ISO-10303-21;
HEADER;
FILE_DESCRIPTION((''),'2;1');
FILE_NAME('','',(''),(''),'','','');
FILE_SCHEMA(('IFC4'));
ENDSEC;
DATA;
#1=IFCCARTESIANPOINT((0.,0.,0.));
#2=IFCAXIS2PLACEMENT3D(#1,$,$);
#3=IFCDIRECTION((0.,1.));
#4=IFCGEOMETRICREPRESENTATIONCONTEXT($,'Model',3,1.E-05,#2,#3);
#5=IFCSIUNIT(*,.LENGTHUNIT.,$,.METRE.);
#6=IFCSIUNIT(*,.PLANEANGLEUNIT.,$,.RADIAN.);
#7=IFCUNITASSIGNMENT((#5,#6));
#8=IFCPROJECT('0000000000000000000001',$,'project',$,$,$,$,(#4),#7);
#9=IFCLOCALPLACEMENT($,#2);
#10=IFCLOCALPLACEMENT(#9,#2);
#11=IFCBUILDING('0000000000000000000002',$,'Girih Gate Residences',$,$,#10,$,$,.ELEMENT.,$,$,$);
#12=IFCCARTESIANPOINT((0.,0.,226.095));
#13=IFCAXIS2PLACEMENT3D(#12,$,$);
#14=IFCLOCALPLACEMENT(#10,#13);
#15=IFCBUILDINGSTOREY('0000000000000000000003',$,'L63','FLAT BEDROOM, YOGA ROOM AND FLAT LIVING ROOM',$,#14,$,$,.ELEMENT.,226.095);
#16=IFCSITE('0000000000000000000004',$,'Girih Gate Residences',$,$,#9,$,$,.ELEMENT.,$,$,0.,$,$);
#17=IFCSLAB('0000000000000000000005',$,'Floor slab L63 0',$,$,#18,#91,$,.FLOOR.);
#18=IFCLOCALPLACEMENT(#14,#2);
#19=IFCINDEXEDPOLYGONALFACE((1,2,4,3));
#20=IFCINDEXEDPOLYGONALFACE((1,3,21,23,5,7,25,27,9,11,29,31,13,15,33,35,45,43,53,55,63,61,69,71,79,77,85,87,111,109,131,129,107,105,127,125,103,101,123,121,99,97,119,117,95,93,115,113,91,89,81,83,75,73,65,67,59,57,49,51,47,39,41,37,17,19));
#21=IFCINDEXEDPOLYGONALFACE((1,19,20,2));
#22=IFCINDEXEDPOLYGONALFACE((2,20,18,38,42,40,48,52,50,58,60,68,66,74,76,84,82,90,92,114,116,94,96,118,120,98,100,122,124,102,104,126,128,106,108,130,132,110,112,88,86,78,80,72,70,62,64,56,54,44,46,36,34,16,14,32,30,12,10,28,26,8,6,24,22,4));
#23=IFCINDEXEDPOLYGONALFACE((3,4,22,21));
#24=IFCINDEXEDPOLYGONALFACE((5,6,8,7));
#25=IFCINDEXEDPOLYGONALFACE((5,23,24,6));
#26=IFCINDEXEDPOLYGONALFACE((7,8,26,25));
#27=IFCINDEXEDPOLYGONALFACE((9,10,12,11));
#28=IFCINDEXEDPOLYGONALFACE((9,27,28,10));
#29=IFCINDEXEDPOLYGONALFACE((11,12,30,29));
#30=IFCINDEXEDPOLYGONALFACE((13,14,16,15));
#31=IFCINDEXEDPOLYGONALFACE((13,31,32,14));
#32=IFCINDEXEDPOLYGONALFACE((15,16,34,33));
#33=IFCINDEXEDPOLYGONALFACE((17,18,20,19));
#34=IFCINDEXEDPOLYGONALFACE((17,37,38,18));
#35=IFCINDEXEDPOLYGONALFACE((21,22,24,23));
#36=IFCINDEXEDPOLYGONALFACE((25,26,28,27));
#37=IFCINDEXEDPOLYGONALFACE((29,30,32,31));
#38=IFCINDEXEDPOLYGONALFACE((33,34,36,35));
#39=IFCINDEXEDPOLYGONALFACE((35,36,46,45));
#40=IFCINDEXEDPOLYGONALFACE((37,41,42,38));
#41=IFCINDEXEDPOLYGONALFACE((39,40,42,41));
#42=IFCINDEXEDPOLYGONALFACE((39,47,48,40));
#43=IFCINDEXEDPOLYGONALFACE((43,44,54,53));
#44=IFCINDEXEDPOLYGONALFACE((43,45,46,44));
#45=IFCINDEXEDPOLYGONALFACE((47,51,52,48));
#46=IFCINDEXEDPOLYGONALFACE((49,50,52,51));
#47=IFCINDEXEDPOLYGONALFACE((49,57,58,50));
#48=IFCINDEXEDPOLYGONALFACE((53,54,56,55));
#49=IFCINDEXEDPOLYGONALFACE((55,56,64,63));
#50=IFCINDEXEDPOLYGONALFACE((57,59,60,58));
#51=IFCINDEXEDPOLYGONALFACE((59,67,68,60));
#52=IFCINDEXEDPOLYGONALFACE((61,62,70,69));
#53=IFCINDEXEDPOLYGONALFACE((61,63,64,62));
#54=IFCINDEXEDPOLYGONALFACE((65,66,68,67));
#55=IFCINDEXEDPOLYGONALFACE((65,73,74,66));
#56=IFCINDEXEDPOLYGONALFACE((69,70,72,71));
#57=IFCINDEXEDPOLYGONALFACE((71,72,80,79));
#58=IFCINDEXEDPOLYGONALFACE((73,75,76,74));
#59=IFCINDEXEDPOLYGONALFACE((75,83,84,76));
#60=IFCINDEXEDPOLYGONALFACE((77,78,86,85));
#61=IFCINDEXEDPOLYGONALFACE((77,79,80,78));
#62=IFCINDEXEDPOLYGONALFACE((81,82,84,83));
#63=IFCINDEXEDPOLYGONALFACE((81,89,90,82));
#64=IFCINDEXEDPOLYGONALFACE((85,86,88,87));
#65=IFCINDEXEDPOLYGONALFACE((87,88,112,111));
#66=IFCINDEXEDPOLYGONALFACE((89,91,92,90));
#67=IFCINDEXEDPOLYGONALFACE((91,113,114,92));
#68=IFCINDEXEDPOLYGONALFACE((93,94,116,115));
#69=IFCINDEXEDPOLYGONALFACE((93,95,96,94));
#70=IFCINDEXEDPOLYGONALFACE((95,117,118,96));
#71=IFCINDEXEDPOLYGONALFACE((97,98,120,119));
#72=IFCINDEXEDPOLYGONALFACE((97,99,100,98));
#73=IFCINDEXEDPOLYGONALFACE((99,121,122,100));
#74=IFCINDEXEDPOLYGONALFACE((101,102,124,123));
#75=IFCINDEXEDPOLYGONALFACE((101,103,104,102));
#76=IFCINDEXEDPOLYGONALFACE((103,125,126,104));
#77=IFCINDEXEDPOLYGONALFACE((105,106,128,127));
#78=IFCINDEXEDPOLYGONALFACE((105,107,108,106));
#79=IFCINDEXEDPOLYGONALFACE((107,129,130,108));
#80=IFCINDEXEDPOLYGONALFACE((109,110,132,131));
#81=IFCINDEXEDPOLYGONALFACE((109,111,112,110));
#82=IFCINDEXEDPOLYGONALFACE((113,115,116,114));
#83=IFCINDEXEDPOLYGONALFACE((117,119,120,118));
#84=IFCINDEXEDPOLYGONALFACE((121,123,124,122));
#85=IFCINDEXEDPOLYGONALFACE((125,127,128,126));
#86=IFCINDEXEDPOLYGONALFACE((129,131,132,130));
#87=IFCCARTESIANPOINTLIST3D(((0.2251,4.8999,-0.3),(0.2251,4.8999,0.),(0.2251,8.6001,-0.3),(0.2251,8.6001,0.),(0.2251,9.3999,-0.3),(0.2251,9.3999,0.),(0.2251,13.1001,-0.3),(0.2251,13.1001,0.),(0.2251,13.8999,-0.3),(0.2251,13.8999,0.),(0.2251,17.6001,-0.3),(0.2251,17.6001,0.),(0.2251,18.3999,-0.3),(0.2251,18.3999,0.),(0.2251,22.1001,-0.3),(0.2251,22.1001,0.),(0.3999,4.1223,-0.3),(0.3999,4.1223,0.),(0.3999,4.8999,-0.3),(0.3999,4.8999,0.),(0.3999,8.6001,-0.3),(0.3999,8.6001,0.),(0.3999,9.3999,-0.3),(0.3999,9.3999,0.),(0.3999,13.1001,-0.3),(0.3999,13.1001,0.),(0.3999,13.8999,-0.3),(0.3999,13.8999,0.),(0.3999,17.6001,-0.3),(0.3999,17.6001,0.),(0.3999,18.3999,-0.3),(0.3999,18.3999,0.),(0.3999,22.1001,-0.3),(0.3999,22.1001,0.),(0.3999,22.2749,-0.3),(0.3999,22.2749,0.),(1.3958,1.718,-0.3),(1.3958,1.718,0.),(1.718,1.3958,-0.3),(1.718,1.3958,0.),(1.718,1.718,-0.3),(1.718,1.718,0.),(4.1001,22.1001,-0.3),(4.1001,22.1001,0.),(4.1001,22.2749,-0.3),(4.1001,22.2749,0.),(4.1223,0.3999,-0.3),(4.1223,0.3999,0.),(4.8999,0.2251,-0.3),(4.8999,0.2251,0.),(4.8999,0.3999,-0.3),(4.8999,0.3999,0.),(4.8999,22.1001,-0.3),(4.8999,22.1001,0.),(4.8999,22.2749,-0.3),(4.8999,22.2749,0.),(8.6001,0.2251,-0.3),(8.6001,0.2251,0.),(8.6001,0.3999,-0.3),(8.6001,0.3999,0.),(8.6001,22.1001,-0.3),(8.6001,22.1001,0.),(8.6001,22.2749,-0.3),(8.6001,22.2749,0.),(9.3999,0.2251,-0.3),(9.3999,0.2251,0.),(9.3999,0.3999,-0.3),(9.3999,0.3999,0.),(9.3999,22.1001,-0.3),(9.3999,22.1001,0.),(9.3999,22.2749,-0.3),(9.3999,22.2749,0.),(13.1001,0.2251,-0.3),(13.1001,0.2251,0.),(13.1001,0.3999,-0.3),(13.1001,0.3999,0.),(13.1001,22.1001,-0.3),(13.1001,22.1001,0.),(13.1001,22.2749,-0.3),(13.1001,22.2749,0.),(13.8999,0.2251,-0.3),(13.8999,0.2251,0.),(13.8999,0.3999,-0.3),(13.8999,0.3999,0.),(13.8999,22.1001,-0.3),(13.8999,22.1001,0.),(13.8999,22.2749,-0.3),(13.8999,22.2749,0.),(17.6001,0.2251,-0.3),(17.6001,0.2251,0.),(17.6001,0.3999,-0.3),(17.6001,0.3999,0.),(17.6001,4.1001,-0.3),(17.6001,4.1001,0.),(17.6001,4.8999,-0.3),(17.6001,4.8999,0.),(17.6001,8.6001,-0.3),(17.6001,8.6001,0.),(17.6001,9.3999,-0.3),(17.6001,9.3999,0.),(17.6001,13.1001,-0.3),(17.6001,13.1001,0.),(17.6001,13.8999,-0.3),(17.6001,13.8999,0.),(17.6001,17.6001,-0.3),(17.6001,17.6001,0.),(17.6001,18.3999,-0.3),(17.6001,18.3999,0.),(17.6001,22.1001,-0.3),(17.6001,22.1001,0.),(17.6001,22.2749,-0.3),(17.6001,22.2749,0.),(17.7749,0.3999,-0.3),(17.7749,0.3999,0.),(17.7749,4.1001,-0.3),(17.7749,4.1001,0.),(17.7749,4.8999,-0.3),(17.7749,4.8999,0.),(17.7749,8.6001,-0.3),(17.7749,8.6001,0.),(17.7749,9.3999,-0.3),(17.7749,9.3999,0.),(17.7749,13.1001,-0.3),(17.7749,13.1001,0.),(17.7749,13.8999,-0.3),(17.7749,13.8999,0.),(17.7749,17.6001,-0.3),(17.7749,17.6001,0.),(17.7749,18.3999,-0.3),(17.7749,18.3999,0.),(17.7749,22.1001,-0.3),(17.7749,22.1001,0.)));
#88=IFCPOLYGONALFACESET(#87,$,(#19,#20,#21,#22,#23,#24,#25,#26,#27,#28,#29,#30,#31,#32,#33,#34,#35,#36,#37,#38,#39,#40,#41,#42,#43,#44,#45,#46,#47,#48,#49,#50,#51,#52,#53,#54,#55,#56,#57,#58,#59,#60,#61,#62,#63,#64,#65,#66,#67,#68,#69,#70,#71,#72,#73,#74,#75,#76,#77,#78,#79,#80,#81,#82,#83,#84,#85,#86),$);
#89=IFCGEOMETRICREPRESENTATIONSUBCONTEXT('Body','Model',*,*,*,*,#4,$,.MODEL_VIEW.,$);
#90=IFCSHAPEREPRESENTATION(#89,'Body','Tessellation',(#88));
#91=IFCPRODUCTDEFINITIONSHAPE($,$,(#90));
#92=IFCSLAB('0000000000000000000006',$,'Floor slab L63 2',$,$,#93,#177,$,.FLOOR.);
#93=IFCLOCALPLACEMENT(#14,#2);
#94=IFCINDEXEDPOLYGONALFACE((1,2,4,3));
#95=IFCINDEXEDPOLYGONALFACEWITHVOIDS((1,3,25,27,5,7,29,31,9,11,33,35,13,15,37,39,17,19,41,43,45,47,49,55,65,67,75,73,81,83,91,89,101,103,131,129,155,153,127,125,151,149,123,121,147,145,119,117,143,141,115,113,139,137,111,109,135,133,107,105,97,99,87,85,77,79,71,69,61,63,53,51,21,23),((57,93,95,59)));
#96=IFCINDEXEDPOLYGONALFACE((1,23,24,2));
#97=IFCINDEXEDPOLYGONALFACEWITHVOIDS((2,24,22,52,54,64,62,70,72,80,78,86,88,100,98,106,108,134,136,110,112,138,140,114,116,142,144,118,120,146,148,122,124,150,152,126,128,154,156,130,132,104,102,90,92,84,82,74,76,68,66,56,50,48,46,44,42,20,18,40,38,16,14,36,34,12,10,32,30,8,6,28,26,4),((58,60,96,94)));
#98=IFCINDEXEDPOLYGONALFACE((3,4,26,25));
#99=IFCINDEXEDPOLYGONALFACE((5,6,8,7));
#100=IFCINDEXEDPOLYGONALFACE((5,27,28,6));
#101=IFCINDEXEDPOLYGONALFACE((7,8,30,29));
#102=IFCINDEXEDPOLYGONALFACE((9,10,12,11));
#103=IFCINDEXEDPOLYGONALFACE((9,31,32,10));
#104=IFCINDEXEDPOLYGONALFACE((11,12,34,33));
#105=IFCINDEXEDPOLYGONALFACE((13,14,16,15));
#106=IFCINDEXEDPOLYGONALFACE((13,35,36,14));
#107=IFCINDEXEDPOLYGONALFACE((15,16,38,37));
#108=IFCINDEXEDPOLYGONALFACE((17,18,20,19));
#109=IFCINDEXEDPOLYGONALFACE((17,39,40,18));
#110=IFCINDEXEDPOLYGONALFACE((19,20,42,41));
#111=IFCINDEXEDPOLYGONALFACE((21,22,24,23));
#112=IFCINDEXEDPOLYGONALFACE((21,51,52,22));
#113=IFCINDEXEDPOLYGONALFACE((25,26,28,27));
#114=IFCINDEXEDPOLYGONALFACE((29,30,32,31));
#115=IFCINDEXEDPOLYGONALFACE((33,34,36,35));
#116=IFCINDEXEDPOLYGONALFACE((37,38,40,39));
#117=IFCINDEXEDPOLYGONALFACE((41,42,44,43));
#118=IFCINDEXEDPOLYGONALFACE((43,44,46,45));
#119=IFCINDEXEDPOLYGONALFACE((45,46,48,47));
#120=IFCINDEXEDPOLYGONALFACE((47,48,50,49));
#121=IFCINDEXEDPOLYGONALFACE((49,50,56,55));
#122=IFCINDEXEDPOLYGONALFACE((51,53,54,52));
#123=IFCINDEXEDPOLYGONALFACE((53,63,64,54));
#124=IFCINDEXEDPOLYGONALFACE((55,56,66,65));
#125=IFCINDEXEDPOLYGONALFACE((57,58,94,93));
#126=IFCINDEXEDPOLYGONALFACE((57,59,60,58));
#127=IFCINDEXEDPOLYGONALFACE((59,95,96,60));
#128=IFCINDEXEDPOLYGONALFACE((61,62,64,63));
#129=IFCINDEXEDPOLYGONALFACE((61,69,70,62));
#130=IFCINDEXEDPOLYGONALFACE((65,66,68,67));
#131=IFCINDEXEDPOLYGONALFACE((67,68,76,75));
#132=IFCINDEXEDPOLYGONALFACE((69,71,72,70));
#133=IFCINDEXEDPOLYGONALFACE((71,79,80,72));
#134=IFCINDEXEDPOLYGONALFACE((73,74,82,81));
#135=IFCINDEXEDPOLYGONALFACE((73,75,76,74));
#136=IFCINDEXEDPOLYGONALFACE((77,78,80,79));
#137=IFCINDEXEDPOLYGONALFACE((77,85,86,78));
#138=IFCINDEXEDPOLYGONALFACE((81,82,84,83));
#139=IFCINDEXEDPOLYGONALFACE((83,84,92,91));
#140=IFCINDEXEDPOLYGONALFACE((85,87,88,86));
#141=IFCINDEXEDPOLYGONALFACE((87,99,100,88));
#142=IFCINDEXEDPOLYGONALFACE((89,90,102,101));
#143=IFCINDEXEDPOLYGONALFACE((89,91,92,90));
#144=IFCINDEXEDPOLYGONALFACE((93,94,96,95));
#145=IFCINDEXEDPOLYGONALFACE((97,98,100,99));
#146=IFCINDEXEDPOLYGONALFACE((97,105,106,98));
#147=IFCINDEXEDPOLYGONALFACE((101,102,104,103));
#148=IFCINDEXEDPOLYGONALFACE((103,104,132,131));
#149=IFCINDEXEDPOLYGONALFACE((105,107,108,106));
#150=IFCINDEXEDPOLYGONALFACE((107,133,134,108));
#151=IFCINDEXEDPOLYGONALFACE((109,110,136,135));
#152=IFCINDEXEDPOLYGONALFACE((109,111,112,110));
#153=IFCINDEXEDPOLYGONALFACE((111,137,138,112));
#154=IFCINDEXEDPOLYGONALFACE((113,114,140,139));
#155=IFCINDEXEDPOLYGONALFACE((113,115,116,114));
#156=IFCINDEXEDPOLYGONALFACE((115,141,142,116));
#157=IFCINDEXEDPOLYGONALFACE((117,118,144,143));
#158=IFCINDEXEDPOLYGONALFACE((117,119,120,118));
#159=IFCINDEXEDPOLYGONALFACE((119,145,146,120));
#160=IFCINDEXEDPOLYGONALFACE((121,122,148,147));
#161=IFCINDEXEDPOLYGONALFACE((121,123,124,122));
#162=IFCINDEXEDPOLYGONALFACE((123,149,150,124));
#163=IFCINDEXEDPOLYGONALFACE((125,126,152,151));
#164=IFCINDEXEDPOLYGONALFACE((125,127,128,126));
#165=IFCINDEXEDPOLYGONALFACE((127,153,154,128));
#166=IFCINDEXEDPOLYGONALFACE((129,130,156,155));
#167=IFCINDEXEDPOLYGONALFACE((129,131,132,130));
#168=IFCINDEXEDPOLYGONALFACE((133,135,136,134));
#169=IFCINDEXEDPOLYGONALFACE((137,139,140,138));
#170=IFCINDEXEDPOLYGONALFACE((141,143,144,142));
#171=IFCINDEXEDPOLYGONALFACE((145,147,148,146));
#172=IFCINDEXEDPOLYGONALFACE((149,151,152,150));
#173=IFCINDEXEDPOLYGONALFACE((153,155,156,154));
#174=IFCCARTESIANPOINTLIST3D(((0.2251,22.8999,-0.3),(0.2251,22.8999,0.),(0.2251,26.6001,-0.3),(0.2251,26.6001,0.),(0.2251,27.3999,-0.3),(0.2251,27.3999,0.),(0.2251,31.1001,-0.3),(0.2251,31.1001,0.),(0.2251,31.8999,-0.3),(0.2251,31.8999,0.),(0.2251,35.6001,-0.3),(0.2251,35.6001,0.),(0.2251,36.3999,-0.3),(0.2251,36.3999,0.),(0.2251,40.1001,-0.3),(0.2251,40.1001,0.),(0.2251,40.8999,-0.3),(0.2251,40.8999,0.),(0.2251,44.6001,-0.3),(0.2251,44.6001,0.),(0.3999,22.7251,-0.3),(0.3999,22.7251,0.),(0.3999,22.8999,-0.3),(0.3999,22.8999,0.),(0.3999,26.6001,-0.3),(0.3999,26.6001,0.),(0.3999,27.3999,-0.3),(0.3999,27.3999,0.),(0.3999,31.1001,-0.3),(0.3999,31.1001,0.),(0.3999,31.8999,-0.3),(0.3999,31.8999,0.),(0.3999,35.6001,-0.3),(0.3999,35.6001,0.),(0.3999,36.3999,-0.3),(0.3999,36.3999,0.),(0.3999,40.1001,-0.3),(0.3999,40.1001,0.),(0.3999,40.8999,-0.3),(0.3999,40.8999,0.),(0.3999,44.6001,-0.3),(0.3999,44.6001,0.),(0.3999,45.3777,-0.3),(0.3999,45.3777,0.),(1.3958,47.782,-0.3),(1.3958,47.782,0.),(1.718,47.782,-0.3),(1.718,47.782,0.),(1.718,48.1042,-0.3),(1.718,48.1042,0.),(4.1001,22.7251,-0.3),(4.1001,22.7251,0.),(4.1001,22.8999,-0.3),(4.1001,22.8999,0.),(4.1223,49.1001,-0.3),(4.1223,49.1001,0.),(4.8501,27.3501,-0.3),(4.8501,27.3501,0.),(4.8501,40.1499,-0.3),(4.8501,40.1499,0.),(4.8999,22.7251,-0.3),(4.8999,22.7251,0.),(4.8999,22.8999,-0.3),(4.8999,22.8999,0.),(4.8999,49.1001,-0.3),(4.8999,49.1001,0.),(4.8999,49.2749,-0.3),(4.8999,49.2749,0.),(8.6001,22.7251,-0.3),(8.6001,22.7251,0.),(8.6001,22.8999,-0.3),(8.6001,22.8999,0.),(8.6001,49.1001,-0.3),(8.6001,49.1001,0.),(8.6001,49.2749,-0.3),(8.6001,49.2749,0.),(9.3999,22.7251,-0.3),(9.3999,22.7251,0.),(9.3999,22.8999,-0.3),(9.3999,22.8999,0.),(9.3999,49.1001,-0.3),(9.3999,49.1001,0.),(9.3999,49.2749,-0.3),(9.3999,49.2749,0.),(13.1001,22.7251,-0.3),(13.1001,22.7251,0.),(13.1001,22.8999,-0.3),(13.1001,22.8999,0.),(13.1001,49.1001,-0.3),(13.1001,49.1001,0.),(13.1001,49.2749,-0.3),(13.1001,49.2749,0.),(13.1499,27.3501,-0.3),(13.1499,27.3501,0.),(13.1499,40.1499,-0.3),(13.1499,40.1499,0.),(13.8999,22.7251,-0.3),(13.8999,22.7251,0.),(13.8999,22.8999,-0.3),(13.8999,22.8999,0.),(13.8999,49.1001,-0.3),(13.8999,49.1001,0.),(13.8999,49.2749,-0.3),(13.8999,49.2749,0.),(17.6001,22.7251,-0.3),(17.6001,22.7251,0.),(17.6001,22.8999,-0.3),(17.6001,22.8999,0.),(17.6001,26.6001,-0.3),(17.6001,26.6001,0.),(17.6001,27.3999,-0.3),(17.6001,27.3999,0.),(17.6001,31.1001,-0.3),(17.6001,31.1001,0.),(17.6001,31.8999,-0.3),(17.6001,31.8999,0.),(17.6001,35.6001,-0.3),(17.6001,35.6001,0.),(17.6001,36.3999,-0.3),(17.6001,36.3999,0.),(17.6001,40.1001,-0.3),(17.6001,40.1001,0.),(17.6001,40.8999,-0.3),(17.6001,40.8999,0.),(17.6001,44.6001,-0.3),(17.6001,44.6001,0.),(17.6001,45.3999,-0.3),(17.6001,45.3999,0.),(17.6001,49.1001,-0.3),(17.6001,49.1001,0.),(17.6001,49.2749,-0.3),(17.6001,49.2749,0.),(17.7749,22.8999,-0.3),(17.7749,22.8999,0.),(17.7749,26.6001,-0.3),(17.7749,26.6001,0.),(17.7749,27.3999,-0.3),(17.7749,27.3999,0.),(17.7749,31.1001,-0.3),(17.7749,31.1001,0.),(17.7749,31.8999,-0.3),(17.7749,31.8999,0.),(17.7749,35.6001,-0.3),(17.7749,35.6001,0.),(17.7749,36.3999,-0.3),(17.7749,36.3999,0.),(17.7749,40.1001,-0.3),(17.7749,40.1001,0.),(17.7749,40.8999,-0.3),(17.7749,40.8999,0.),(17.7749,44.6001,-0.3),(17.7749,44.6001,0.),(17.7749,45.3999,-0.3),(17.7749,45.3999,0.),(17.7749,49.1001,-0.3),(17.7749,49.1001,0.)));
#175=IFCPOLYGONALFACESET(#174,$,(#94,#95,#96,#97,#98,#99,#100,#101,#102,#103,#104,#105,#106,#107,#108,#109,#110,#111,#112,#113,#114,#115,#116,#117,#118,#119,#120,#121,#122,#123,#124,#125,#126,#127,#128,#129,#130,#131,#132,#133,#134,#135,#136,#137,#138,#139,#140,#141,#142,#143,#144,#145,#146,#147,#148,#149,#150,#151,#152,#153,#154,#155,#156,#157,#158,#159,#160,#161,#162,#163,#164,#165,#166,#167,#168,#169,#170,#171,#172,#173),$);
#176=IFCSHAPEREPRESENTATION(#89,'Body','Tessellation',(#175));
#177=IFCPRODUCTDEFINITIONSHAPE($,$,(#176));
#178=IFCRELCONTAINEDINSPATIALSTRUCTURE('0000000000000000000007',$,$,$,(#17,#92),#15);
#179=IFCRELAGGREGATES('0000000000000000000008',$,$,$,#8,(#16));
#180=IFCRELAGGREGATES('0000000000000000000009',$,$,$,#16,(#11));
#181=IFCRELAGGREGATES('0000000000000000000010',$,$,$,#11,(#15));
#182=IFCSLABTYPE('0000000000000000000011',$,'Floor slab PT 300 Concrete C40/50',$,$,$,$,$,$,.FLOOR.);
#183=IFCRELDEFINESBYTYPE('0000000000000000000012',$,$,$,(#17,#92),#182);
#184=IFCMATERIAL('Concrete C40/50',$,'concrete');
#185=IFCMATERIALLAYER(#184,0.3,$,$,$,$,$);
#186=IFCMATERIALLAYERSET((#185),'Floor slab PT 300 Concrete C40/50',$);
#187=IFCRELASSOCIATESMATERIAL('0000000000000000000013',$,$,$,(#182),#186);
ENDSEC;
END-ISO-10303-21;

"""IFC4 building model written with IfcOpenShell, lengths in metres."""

from ifc_helpers import new_model, si_unit, direction, frame, origin, place, context, subcontext, project, spatial, polyline, outline, extrude, material, layer, layer_set, type_object, element, save


model = new_model("IFC4")

# Units and contexts
model_context = context("Model", 3, precision=1e-05, world=origin(), true_north=direction((0.0, 1.0)))
body_context = subcontext(model_context, "Body", "Model", "MODEL_VIEW")
ifc_project = project(units=[si_unit("LENGTHUNIT", "METRE"), si_unit("PLANEANGLEUNIT", "RADIAN")], contexts=[model_context])

# Site, building, storey
site_placement = place(None, origin())
site = spatial("IfcSite", under=ifc_project, at=site_placement, Name="Girih Gate Residences", CompositionType="ELEMENT", RefElevation=0.0)
building_placement = place(site_placement, origin())
building = spatial("IfcBuilding", under=site, at=building_placement, Name="Girih Gate Residences", CompositionType="ELEMENT")
storey_placement = place(building_placement, frame((0.0, 0.0, 226.095)))
storey = spatial("IfcBuildingStorey", under=building, at=storey_placement, Name="L63", Description="FLAT BEDROOM, YOGA ROOM AND FLAT LIVING ROOM", CompositionType="ELEMENT", Elevation=226.095)

# Slabs
ifc_material_1 = material(Name="Concrete C40/50", Category="concrete")
ifc_layer_1 = layer(ifc_material_1, 0.3)
ifc_layer_set_1 = layer_set([ifc_layer_1], Name="Floor slab PT 300 Concrete C40/50")
slab_type_1 = type_object("IfcSlabType", Name="Floor slab PT 300 Concrete C40/50", PredefinedType="FLOOR", material=ifc_layer_set_1)
slab_1_placement = place(storey_placement, frame((0.0, 0.0, -0.3)))
element("IfcSlab", 1, at=slab_1_placement, inside=storey, type_object=slab_type_1, Name="Floor slab L63 0", PredefinedType="FLOOR", context=body_context, shape_type="SweptSolid", body=[
    extrude(outline(polyline([(13.8999, 0.2251), (17.6001, 0.2251), (17.6001, 0.3999), (17.7749, 0.3999), (17.7749, 4.1001), (17.6001, 4.1001), (17.6001, 4.8999), (17.7749, 4.8999), (17.7749, 8.6001), (17.6001, 8.6001), (17.6001, 9.3999), (17.7749, 9.3999), (17.7749, 13.1001), (17.6001, 13.1001), (17.6001, 13.8999), (17.7749, 13.8999), (17.7749, 17.6001), (17.6001, 17.6001), (17.6001, 18.3999), (17.7749, 18.3999), (17.7749, 22.1001), (17.6001, 22.1001), (17.6001, 22.2749), (13.8999, 22.2749), (13.8999, 22.1001), (13.1001, 22.1001), (13.1001, 22.2749), (9.3999, 22.2749), (9.3999, 22.1001), (8.6001, 22.1001), (8.6001, 22.2749), (4.8999, 22.2749), (4.8999, 22.1001), (4.1001, 22.1001), (4.1001, 22.2749), (0.3999, 22.2749), (0.3999, 22.1001), (0.2251, 22.1001), (0.2251, 18.3999), (0.3999, 18.3999), (0.3999, 17.6001), (0.2251, 17.6001), (0.2251, 13.8999), (0.3999, 13.8999), (0.3999, 13.1001), (0.2251, 13.1001), (0.2251, 9.3999), (0.3999, 9.3999), (0.3999, 8.6001), (0.2251, 8.6001), (0.2251, 4.8999), (0.3999, 4.8999), (0.3999, 4.1223), (1.3958, 1.718), (1.718, 1.718), (1.718, 1.3958), (4.1223, 0.3999), (4.8999, 0.3999), (4.8999, 0.2251), (8.6001, 0.2251), (8.6001, 0.3999), (9.3999, 0.3999), (9.3999, 0.2251), (13.1001, 0.2251), (13.1001, 0.3999), (13.8999, 0.3999), (13.8999, 0.2251)])), origin(), (0.0, 0.0, 1.0), 0.3),
])
slab_2_placement = place(storey_placement, frame((0.0, 0.0, -0.3)))
element("IfcSlab", 2, at=slab_2_placement, inside=storey, type_object=slab_type_1, Name="Floor slab L63 2", PredefinedType="FLOOR", context=body_context, shape_type="SweptSolid", body=[
    extrude(outline(polyline([(0.2251, 26.6001), (0.2251, 22.8999), (0.3999, 22.8999), (0.3999, 22.7251), (4.1001, 22.7251), (4.1001, 22.8999), (4.8999, 22.8999), (4.8999, 22.7251), (8.6001, 22.7251), (8.6001, 22.8999), (9.3999, 22.8999), (9.3999, 22.7251), (13.1001, 22.7251), (13.1001, 22.8999), (13.8999, 22.8999), (13.8999, 22.7251), (17.6001, 22.7251), (17.6001, 22.8999), (17.7749, 22.8999), (17.7749, 26.6001), (17.6001, 26.6001), (17.6001, 27.3999), (17.7749, 27.3999), (17.7749, 31.1001), (17.6001, 31.1001), (17.6001, 31.8999), (17.7749, 31.8999), (17.7749, 35.6001), (17.6001, 35.6001), (17.6001, 36.3999), (17.7749, 36.3999), (17.7749, 40.1001), (17.6001, 40.1001), (17.6001, 40.8999), (17.7749, 40.8999), (17.7749, 44.6001), (17.6001, 44.6001), (17.6001, 45.3999), (17.7749, 45.3999), (17.7749, 49.1001), (17.6001, 49.1001), (17.6001, 49.2749), (13.8999, 49.2749), (13.8999, 49.1001), (13.1001, 49.1001), (13.1001, 49.2749), (9.3999, 49.2749), (9.3999, 49.1001), (8.6001, 49.1001), (8.6001, 49.2749), (4.8999, 49.2749), (4.8999, 49.1001), (4.1223, 49.1001), (1.718, 48.1042), (1.718, 47.782), (1.3958, 47.782), (0.3999, 45.3777), (0.3999, 44.6001), (0.2251, 44.6001), (0.2251, 40.8999), (0.3999, 40.8999), (0.3999, 40.1001), (0.2251, 40.1001), (0.2251, 36.3999), (0.3999, 36.3999), (0.3999, 35.6001), (0.2251, 35.6001), (0.2251, 31.8999), (0.3999, 31.8999), (0.3999, 31.1001), (0.2251, 31.1001), (0.2251, 27.3999), (0.3999, 27.3999), (0.3999, 26.6001), (0.2251, 26.6001)]), holes=[polyline([(13.1499, 40.1499), (13.1499, 27.3501), (4.8501, 27.3501), (4.8501, 40.1499), (13.1499, 40.1499)])]), origin(), (0.0, 0.0, 1.0), 0.3),
])

save(model, "model.ifc")
